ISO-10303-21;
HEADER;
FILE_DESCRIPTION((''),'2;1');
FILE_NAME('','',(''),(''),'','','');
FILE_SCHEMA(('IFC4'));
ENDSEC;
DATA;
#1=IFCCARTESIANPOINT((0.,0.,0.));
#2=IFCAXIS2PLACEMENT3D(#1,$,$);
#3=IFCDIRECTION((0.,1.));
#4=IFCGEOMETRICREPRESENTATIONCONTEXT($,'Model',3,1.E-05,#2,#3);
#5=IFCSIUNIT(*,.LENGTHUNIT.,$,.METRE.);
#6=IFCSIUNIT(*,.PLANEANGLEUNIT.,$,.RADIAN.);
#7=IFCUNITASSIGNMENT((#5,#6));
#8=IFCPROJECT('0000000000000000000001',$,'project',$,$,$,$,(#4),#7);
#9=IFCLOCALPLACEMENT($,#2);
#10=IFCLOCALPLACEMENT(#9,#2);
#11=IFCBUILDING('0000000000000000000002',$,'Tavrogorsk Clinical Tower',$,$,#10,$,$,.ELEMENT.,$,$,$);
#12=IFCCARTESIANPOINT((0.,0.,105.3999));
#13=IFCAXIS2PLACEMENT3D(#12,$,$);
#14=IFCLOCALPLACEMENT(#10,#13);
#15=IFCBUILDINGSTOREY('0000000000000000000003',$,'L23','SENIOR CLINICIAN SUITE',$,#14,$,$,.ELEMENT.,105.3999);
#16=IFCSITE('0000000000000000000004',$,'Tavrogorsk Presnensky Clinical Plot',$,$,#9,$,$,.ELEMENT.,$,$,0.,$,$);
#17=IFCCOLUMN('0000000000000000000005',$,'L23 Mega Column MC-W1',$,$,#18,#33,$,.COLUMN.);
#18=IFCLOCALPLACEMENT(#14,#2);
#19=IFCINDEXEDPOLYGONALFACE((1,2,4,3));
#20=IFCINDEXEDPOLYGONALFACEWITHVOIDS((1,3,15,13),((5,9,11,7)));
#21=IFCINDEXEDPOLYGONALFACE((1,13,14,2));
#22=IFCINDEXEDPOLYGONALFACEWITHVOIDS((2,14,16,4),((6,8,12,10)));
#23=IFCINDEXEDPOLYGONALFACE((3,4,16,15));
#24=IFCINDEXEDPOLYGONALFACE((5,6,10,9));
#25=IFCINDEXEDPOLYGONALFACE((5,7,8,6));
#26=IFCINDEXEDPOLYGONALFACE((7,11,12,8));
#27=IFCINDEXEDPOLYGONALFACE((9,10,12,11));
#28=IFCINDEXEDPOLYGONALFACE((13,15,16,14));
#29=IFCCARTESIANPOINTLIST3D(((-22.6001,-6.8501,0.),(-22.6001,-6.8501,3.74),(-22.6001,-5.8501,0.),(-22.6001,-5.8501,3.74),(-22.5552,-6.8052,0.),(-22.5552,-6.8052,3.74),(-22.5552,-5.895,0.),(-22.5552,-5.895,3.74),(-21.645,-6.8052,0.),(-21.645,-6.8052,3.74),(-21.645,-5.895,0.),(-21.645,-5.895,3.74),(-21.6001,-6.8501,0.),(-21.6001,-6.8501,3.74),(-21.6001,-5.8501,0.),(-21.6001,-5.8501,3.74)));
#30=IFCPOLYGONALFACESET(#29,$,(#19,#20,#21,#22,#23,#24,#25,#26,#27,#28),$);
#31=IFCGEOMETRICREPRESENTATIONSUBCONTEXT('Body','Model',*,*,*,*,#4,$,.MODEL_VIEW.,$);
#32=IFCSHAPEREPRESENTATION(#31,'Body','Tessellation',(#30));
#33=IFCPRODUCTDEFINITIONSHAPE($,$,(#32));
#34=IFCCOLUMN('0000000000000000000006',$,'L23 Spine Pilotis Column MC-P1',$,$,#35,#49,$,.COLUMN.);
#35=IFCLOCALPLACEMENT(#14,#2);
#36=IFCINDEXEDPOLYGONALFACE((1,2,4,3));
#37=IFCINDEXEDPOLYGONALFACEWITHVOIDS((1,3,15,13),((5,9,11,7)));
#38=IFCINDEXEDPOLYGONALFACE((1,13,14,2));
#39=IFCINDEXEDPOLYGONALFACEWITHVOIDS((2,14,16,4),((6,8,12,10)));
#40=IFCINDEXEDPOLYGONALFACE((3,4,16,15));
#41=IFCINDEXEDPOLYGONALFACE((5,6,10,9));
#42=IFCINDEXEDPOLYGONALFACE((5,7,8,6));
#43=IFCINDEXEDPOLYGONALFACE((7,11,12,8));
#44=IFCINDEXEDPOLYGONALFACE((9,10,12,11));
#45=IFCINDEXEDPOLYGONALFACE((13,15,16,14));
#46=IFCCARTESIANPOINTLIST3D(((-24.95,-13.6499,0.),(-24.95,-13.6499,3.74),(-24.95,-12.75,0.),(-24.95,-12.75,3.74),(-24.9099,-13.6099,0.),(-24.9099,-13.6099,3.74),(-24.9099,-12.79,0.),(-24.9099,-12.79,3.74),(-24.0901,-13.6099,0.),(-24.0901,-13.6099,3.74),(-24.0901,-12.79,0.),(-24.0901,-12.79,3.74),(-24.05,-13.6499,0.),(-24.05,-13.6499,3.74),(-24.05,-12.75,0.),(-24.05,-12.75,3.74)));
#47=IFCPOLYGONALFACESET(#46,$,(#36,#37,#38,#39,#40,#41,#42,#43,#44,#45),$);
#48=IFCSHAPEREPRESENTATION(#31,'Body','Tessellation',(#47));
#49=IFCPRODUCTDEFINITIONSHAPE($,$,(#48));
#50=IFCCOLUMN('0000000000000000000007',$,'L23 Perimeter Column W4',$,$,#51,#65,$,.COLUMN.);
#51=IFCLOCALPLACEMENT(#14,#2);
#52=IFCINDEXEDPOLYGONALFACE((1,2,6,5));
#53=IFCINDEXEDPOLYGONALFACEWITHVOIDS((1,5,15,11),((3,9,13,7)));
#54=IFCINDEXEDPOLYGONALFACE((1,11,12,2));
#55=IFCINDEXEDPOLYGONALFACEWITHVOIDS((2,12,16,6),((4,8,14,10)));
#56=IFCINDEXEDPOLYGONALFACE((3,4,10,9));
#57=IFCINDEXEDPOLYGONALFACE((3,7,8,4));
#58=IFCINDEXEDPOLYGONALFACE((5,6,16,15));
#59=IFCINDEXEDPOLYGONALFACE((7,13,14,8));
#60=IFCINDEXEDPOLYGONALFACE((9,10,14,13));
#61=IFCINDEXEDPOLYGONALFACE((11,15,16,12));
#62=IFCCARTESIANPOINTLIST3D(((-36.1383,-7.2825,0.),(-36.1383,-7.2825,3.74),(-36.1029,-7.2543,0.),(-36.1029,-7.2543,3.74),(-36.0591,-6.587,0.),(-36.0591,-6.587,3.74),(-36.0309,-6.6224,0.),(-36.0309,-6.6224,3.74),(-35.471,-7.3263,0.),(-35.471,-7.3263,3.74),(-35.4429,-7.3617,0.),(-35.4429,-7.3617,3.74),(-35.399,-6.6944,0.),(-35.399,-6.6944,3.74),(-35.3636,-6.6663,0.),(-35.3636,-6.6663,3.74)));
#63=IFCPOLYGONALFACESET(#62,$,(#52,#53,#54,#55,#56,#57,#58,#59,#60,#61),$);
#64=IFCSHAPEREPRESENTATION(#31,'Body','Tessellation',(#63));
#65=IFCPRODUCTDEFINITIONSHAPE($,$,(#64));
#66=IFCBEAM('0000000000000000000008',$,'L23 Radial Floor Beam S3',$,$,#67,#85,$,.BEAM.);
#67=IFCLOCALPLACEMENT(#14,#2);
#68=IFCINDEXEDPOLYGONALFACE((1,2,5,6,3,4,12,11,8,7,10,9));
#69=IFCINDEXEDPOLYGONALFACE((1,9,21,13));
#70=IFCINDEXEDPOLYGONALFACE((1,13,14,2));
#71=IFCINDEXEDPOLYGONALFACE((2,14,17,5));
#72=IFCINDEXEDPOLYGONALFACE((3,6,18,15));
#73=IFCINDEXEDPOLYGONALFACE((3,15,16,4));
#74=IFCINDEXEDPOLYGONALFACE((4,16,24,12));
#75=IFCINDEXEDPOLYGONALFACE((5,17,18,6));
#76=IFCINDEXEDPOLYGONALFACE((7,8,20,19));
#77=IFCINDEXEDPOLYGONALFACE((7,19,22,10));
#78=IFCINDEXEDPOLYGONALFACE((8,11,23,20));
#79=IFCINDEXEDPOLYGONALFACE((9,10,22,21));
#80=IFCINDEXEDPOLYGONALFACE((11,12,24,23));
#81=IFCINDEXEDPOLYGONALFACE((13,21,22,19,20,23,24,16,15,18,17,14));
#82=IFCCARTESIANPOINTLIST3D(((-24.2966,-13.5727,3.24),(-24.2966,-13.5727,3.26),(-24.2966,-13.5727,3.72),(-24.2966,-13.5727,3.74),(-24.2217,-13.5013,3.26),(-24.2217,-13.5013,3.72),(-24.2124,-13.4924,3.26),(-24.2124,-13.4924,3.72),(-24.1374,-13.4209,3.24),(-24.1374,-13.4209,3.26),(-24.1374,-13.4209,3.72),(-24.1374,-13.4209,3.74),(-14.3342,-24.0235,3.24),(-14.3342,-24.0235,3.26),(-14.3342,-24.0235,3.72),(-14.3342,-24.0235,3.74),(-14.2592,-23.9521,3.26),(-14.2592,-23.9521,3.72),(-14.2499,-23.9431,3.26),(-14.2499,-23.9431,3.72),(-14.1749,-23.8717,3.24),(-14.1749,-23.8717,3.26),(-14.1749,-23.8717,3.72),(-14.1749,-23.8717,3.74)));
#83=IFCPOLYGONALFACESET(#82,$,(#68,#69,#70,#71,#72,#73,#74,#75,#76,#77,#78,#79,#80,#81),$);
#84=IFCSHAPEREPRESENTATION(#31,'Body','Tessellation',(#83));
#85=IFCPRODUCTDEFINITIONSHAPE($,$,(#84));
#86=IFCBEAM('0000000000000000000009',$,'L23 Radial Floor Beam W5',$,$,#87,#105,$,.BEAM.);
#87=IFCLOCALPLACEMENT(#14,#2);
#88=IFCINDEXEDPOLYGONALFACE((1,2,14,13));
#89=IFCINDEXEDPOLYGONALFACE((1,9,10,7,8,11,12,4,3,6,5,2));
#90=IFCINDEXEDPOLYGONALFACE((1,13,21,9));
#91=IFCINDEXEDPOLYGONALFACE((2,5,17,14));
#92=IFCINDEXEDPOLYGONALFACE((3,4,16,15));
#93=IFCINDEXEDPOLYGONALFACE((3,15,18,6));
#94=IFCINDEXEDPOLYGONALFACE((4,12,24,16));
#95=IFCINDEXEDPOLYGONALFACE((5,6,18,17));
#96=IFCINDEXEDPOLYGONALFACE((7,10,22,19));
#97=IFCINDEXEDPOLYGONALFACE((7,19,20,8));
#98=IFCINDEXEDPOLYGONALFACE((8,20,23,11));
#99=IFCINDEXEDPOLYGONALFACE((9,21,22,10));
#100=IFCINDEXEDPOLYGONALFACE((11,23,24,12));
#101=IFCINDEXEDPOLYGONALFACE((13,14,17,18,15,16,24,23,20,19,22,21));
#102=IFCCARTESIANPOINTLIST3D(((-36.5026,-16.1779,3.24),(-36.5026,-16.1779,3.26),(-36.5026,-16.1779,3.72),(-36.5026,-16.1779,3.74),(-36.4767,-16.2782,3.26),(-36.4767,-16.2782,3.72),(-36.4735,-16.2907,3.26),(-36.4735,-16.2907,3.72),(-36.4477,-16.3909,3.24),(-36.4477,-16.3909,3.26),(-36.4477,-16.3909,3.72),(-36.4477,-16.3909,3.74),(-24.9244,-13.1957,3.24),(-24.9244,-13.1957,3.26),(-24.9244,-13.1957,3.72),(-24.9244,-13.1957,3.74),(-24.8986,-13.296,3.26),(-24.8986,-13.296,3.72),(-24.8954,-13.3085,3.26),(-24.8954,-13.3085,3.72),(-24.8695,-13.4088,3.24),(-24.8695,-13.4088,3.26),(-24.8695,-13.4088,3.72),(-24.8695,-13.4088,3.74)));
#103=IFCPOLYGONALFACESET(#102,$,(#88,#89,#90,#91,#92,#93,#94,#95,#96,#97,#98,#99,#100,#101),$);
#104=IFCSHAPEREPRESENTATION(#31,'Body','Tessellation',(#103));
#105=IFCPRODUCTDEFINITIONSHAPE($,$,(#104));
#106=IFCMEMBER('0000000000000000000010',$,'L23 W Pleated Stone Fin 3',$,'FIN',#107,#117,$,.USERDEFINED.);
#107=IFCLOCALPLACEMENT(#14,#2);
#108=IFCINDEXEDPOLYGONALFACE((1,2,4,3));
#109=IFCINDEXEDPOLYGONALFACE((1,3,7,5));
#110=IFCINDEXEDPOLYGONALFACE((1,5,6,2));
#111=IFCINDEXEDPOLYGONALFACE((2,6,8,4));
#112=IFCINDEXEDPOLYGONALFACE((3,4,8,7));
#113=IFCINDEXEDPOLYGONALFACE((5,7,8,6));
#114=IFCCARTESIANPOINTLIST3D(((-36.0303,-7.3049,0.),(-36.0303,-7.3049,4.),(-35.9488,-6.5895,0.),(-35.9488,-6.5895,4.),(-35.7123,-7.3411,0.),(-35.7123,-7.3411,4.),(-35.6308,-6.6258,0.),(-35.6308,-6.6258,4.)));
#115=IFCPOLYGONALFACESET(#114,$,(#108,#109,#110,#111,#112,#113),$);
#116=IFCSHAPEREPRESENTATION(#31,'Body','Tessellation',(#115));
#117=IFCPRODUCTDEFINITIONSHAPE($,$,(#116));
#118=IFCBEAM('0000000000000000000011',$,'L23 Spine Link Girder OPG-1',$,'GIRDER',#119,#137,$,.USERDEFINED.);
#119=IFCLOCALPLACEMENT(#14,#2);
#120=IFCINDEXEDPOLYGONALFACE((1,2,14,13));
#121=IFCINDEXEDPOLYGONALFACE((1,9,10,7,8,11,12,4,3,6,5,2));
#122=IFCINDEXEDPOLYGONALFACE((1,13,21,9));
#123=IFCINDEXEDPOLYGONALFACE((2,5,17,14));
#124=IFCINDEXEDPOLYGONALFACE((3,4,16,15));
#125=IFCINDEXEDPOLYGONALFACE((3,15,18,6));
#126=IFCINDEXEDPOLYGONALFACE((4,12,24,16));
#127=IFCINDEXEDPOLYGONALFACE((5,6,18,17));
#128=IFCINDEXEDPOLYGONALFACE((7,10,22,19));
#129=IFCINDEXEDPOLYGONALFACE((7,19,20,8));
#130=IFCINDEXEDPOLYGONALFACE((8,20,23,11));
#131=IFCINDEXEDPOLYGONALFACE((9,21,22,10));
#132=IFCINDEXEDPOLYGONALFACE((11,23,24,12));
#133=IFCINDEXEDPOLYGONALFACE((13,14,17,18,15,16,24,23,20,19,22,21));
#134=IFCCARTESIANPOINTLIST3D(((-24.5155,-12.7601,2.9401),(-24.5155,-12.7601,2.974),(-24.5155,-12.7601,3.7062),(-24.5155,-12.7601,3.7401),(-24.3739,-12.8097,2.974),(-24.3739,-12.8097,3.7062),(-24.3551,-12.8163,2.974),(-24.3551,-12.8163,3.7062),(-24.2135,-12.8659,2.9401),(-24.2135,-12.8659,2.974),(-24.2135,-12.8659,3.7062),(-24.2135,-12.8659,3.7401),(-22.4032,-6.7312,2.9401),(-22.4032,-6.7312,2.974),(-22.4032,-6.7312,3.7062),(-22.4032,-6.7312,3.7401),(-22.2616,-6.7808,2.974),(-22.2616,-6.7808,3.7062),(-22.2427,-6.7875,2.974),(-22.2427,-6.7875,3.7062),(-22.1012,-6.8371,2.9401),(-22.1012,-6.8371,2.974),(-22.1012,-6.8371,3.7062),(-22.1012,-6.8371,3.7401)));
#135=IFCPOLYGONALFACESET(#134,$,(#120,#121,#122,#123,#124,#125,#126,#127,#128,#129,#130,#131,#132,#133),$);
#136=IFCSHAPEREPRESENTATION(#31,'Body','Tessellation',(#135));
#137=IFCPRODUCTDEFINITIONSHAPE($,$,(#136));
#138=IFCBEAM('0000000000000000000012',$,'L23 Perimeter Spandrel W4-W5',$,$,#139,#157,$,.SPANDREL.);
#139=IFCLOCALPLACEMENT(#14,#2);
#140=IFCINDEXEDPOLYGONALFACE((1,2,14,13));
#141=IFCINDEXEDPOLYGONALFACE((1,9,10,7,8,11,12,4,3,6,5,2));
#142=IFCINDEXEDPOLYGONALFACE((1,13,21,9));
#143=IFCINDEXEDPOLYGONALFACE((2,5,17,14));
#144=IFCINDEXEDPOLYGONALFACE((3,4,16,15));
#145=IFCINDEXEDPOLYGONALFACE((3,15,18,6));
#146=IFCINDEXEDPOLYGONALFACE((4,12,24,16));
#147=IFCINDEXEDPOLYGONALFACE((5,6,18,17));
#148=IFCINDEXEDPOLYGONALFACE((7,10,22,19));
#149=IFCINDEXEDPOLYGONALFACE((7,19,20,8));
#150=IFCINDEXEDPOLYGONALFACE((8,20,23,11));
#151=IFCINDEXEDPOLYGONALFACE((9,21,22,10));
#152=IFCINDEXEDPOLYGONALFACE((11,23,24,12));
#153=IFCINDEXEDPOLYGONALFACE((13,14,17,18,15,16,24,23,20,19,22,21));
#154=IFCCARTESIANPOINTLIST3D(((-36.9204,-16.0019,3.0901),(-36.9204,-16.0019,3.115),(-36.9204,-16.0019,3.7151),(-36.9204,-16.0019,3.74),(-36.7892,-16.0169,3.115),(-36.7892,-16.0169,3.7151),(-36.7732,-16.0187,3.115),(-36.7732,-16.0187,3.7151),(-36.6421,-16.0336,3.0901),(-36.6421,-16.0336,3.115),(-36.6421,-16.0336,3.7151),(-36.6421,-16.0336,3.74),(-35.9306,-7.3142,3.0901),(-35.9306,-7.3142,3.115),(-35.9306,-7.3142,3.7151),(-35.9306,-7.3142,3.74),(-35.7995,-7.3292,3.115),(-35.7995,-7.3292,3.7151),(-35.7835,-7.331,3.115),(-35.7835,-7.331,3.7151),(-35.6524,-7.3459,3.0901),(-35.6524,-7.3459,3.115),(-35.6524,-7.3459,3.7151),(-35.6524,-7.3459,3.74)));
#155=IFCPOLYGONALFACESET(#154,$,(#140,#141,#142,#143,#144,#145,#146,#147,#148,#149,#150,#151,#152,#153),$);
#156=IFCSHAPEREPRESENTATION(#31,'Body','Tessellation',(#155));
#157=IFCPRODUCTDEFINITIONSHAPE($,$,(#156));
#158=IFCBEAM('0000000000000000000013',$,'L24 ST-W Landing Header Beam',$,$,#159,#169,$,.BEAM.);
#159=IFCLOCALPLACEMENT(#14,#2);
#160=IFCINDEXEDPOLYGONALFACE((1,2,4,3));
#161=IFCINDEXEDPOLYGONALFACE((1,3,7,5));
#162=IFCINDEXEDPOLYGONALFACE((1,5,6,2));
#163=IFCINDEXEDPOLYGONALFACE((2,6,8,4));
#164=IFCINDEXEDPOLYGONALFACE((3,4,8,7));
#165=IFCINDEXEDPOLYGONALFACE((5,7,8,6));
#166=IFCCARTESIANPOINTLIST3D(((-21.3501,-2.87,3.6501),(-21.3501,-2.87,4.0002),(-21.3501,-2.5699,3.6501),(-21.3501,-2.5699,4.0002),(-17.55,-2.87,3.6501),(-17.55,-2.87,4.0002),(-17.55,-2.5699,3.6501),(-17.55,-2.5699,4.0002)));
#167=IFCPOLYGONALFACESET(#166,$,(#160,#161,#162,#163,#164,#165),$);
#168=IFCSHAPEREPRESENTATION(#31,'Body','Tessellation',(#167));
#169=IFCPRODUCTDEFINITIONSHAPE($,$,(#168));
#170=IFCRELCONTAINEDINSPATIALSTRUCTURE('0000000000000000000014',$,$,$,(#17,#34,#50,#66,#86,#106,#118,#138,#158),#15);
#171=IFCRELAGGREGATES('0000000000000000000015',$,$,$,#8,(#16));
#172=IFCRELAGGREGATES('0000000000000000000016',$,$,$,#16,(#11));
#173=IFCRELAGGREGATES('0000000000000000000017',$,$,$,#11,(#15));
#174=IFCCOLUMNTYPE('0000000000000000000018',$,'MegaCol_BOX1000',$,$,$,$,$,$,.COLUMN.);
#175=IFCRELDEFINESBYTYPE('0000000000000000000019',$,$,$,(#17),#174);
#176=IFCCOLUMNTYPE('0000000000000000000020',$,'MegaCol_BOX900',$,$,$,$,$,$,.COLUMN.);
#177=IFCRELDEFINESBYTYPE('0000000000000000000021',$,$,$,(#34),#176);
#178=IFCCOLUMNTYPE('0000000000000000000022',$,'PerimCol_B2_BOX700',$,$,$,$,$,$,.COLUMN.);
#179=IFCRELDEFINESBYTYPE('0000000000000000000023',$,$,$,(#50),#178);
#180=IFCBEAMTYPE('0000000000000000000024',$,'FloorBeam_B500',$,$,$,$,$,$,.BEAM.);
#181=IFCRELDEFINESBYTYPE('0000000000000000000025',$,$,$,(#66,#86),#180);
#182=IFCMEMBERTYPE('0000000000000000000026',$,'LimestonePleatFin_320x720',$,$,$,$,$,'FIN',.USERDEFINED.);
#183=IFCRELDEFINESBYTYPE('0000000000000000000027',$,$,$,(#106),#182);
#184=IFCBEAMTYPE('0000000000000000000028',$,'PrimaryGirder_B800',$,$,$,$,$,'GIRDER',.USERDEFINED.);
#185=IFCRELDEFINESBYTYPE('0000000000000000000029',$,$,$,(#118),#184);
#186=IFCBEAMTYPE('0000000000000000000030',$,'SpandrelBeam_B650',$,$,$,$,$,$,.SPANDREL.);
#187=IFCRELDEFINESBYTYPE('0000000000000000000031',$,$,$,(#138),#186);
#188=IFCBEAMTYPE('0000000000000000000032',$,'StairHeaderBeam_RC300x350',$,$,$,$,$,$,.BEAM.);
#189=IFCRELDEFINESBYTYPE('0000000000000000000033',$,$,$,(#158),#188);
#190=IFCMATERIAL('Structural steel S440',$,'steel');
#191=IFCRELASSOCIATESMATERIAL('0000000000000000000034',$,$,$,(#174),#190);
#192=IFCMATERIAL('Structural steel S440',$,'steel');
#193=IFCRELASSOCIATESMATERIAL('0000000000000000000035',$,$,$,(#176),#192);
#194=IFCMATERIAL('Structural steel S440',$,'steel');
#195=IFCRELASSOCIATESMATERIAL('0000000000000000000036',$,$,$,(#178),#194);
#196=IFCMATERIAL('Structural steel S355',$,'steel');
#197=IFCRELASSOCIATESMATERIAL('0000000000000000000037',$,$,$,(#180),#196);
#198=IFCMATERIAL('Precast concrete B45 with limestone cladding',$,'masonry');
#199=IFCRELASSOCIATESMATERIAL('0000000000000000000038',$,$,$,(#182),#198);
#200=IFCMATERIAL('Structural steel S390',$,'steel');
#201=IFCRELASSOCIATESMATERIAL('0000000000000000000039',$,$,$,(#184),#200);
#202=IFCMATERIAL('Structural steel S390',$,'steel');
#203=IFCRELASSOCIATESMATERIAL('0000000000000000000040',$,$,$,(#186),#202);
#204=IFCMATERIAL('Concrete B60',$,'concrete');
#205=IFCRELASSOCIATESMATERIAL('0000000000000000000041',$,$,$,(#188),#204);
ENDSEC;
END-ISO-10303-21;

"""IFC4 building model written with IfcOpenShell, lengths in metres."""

from ifc_helpers import new_model, si_unit, direction, frame, origin, origin_2d, place, context, subcontext, project, spatial, rectangle, hollow_rectangle, i_section, extrude, material, material_profile, profile_set, type_object, element, save


model = new_model("IFC4")

# Units and contexts
model_context = context("Model", 3, precision=1e-05, world=origin(), true_north=direction((0.0, 1.0)))
body_context = subcontext(model_context, "Body", "Model", "MODEL_VIEW")
ifc_project = project(units=[si_unit("LENGTHUNIT", "METRE"), si_unit("PLANEANGLEUNIT", "RADIAN")], contexts=[model_context])

# Site, building, storey
site_placement = place(None, origin())
site = spatial("IfcSite", under=ifc_project, at=site_placement, Name="Tavrogorsk Presnensky Clinical Plot", CompositionType="ELEMENT", RefElevation=0.0)
building_placement = place(site_placement, origin())
building = spatial("IfcBuilding", under=site, at=building_placement, Name="Tavrogorsk Clinical Tower", CompositionType="ELEMENT")
storey_placement = place(building_placement, frame((0.0, 0.0, 105.3999)))
storey = spatial("IfcBuildingStorey", under=building, at=storey_placement, Name="L23", Description="SENIOR CLINICIAN SUITE", CompositionType="ELEMENT", Elevation=105.3999)

# Columns
ifc_material_1 = material(Name="Structural steel S440", Category="steel")
ifc_material_profile_1 = material_profile(ifc_material_1, hollow_rectangle(XDim=1.0, YDim=1.0, WallThickness=0.0449, at=origin_2d()), Name="BOX-1000x1000x45")
ifc_profile_set_1 = profile_set([ifc_material_profile_1], Name="Structural steel S440")
column_type_1 = type_object("IfcColumnType", Name="MegaCol_BOX1000", PredefinedType="COLUMN", material=ifc_profile_set_1)
column_1_placement = place(storey_placement, frame((-22.1001, -6.3501, 0.0), z_axis=(0.0, 0.0, 1.0), x_axis=(1.0, 0.0, 0.0)))
element("IfcColumn", 1, at=column_1_placement, inside=storey, type_object=column_type_1, Name="L23 Mega Column MC-W1", PredefinedType="COLUMN", context=body_context, shape_type="SweptSolid", body=[
    extrude(hollow_rectangle(XDim=1.0, YDim=1.0, WallThickness=0.0449, at=origin_2d()), origin(), (0.0, 0.0, 1.0), 3.74),
])
ifc_material_2 = material(Name="Structural steel S440", Category="steel")
ifc_material_profile_2 = material_profile(ifc_material_2, hollow_rectangle(XDim=0.8999, YDim=0.8999, WallThickness=0.04, at=origin_2d()), Name="BOX-900x900x40")
ifc_profile_set_2 = profile_set([ifc_material_profile_2], Name="Structural steel S440")
column_type_2 = type_object("IfcColumnType", Name="MegaCol_BOX900", PredefinedType="COLUMN", material=ifc_profile_set_2)
column_2_placement = place(storey_placement, frame((-24.5, -13.2, 0.0), z_axis=(0.0, 0.0, 1.0), x_axis=(1.0, 0.0, 0.0)))
element("IfcColumn", 2, at=column_2_placement, inside=storey, type_object=column_type_2, Name="L23 Spine Pilotis Column MC-P1", PredefinedType="COLUMN", context=body_context, shape_type="SweptSolid", body=[
    extrude(hollow_rectangle(XDim=0.8999, YDim=0.8999, WallThickness=0.04, at=origin_2d()), origin(), (0.0, 0.0, 1.0), 3.74),
])
ifc_material_3 = material(Name="Structural steel S440", Category="steel")
ifc_material_profile_3 = material_profile(ifc_material_3, hollow_rectangle(XDim=0.7, YDim=0.7, WallThickness=0.032, at=origin_2d()), Name="BOX-700x700x32")
ifc_profile_set_3 = profile_set([ifc_material_profile_3], Name="Structural steel S440")
column_type_3 = type_object("IfcColumnType", Name="PerimCol_B2_BOX700", PredefinedType="COLUMN", material=ifc_profile_set_3)
column_3_placement = place(storey_placement, frame((-35.751, -6.9744, 0.0), z_axis=(0.0, 0.0, 1.0), x_axis=(0.993572, -0.113203, 0.0)))
element("IfcColumn", 3, at=column_3_placement, inside=storey, type_object=column_type_3, Name="L23 Perimeter Column W4", PredefinedType="COLUMN", context=body_context, shape_type="SweptSolid", body=[
    extrude(hollow_rectangle(XDim=0.7, YDim=0.7, WallThickness=0.032, at=origin_2d()), origin(), (0.0, 0.0, 1.0), 3.74),
])

# Beams
ifc_material_4 = material(Name="Structural steel S355", Category="steel")
ifc_material_profile_4 = material_profile(ifc_material_4, i_section(OverallWidth=0.22, OverallDepth=0.5, WebThickness=0.0129, FlangeThickness=0.02, at=origin_2d()), Name="B-500x220x13x20")
ifc_profile_set_4 = profile_set([ifc_material_profile_4], Name="Structural steel S355")
beam_type_1 = type_object("IfcBeamType", Name="FloorBeam_B500", PredefinedType="BEAM", material=ifc_profile_set_4)
beam_1_placement = place(storey_placement, frame((-24.217, -13.4968, 3.49), z_axis=(0.689995, -0.723814, 0.0), x_axis=(0.723814, 0.689995, 0.0)))
element("IfcBeam", 4, at=beam_1_placement, inside=storey, type_object=beam_type_1, Name="L23 Radial Floor Beam S3", PredefinedType="BEAM", context=body_context, shape_type="SweptSolid", body=[
    extrude(i_section(OverallWidth=0.22, OverallDepth=0.5, WebThickness=0.0129, FlangeThickness=0.02, at=origin_2d()), origin(), (0.0, 0.0, 1.0), 14.4385),
])
beam_2_placement = place(storey_placement, frame((-24.897, -13.3022, 3.49), z_axis=(-0.968393, -0.249429, 0.0), x_axis=(0.249429, -0.968393, 0.0)))
element("IfcBeam", 5, at=beam_2_placement, inside=storey, type_object=beam_type_1, Name="L23 Radial Floor Beam W5", PredefinedType="BEAM", context=body_context, shape_type="SweptSolid", body=[
    extrude(i_section(OverallWidth=0.22, OverallDepth=0.5, WebThickness=0.0129, FlangeThickness=0.02, at=origin_2d()), origin(), (0.0, 0.0, 1.0), 11.9561),
])

# Member
ifc_material_5 = material(Name="Precast concrete B45 with limestone cladding", Category="masonry")
ifc_material_profile_5 = material_profile(ifc_material_5, rectangle(XDim=0.3201, YDim=0.72, at=origin_2d()), Name="LIMESTONE-FIN-320x720")
ifc_profile_set_5 = profile_set([ifc_material_profile_5], Name="Precast concrete B45 with limestone cladding")
member_type = type_object("IfcMemberType", Name="LimestonePleatFin_320x720", ElementType="FIN", PredefinedType="USERDEFINED", material=ifc_profile_set_5)
member_placement = place(storey_placement, frame((-35.8306, -6.9653, 0.0), z_axis=(0.0, 0.0, 1.0), x_axis=(0.993572, -0.113203, 0.0)))
element("IfcMember", 6, at=member_placement, inside=storey, type_object=member_type, Name="L23 W Pleated Stone Fin 3", ObjectType="FIN", PredefinedType="USERDEFINED", context=body_context, shape_type="SweptSolid", body=[
    extrude(rectangle(XDim=0.3201, YDim=0.72, at=origin_2d()), origin(), (0.0, 0.0, 1.0), 4.0),
])

# Beams
ifc_material_6 = material(Name="Structural steel S390", Category="steel")
ifc_material_profile_6 = material_profile(ifc_material_6, i_section(OverallWidth=0.3201, OverallDepth=0.8, WebThickness=0.02, FlangeThickness=0.0339, at=origin_2d()), Name="B-800x320x20x34")
ifc_profile_set_6 = profile_set([ifc_material_profile_6], Name="Structural steel S390")
beam_type_2 = type_object("IfcBeamType", Name="PrimaryGirder_B800", ElementType="GIRDER", PredefinedType="USERDEFINED", material=ifc_profile_set_6)
beam_3_placement = place(storey_placement, frame((-24.3645, -12.813, 3.3401), z_axis=(0.33066, 0.94375, 0.0), x_axis=(-0.94375, 0.33066, 0.0)))
element("IfcBeam", 7, at=beam_3_placement, inside=storey, type_object=beam_type_2, Name="L23 Spine Link Girder OPG-1", ObjectType="GIRDER", PredefinedType="USERDEFINED", context=body_context, shape_type="SweptSolid", body=[
    extrude(i_section(OverallWidth=0.3201, OverallDepth=0.8, WebThickness=0.02, FlangeThickness=0.0339, at=origin_2d()), origin(), (0.0, 0.0, 1.0), 6.3882),
])
ifc_material_7 = material(Name="Structural steel S390", Category="steel")
ifc_material_profile_7 = material_profile(ifc_material_7, i_section(OverallWidth=0.28, OverallDepth=0.6499, WebThickness=0.0161, FlangeThickness=0.0249, at=origin_2d()), Name="B-650x280x16x25")
ifc_profile_set_7 = profile_set([ifc_material_profile_7], Name="Structural steel S390")
beam_type_3 = type_object("IfcBeamType", Name="SpandrelBeam_B650", PredefinedType="SPANDREL", material=ifc_profile_set_7)
beam_4_placement = place(storey_placement, frame((-35.7915, -7.3301, 3.415), z_axis=(-0.113192, -0.993573, 0.0), x_axis=(0.993573, -0.113192, 0.0)))
element("IfcBeam", 8, at=beam_4_placement, inside=storey, type_object=beam_type_3, Name="L23 Perimeter Spandrel W4-W5", PredefinedType="SPANDREL", context=body_context, shape_type="SweptSolid", body=[
    extrude(i_section(OverallWidth=0.28, OverallDepth=0.6499, WebThickness=0.0161, FlangeThickness=0.0249, at=origin_2d()), origin(), (0.0, 0.0, 1.0), 8.7439),
])
ifc_material_8 = material(Name="Concrete B60", Category="concrete")
ifc_material_profile_8 = material_profile(ifc_material_8, rectangle(XDim=0.3, YDim=0.3501, at=origin_2d()), Name="RC-SHB-300x350")
ifc_profile_set_8 = profile_set([ifc_material_profile_8], Name="Concrete B60")
beam_type_4 = type_object("IfcBeamType", Name="StairHeaderBeam_RC300x350", PredefinedType="BEAM", material=ifc_profile_set_8)
beam_5_placement = place(storey_placement, frame((-21.3501, -2.72, 3.8252), z_axis=(1.0, 0.0, 0.0), x_axis=(0.0, 1.0, 0.0)))
element("IfcBeam", 9, at=beam_5_placement, inside=storey, type_object=beam_type_4, Name="L24 ST-W Landing Header Beam", PredefinedType="BEAM", context=body_context, shape_type="SweptSolid", body=[
    extrude(rectangle(XDim=0.3, YDim=0.3501, at=origin_2d()), origin(), (0.0, 0.0, 1.0), 3.8),
])

save(model, "model.ifc")
